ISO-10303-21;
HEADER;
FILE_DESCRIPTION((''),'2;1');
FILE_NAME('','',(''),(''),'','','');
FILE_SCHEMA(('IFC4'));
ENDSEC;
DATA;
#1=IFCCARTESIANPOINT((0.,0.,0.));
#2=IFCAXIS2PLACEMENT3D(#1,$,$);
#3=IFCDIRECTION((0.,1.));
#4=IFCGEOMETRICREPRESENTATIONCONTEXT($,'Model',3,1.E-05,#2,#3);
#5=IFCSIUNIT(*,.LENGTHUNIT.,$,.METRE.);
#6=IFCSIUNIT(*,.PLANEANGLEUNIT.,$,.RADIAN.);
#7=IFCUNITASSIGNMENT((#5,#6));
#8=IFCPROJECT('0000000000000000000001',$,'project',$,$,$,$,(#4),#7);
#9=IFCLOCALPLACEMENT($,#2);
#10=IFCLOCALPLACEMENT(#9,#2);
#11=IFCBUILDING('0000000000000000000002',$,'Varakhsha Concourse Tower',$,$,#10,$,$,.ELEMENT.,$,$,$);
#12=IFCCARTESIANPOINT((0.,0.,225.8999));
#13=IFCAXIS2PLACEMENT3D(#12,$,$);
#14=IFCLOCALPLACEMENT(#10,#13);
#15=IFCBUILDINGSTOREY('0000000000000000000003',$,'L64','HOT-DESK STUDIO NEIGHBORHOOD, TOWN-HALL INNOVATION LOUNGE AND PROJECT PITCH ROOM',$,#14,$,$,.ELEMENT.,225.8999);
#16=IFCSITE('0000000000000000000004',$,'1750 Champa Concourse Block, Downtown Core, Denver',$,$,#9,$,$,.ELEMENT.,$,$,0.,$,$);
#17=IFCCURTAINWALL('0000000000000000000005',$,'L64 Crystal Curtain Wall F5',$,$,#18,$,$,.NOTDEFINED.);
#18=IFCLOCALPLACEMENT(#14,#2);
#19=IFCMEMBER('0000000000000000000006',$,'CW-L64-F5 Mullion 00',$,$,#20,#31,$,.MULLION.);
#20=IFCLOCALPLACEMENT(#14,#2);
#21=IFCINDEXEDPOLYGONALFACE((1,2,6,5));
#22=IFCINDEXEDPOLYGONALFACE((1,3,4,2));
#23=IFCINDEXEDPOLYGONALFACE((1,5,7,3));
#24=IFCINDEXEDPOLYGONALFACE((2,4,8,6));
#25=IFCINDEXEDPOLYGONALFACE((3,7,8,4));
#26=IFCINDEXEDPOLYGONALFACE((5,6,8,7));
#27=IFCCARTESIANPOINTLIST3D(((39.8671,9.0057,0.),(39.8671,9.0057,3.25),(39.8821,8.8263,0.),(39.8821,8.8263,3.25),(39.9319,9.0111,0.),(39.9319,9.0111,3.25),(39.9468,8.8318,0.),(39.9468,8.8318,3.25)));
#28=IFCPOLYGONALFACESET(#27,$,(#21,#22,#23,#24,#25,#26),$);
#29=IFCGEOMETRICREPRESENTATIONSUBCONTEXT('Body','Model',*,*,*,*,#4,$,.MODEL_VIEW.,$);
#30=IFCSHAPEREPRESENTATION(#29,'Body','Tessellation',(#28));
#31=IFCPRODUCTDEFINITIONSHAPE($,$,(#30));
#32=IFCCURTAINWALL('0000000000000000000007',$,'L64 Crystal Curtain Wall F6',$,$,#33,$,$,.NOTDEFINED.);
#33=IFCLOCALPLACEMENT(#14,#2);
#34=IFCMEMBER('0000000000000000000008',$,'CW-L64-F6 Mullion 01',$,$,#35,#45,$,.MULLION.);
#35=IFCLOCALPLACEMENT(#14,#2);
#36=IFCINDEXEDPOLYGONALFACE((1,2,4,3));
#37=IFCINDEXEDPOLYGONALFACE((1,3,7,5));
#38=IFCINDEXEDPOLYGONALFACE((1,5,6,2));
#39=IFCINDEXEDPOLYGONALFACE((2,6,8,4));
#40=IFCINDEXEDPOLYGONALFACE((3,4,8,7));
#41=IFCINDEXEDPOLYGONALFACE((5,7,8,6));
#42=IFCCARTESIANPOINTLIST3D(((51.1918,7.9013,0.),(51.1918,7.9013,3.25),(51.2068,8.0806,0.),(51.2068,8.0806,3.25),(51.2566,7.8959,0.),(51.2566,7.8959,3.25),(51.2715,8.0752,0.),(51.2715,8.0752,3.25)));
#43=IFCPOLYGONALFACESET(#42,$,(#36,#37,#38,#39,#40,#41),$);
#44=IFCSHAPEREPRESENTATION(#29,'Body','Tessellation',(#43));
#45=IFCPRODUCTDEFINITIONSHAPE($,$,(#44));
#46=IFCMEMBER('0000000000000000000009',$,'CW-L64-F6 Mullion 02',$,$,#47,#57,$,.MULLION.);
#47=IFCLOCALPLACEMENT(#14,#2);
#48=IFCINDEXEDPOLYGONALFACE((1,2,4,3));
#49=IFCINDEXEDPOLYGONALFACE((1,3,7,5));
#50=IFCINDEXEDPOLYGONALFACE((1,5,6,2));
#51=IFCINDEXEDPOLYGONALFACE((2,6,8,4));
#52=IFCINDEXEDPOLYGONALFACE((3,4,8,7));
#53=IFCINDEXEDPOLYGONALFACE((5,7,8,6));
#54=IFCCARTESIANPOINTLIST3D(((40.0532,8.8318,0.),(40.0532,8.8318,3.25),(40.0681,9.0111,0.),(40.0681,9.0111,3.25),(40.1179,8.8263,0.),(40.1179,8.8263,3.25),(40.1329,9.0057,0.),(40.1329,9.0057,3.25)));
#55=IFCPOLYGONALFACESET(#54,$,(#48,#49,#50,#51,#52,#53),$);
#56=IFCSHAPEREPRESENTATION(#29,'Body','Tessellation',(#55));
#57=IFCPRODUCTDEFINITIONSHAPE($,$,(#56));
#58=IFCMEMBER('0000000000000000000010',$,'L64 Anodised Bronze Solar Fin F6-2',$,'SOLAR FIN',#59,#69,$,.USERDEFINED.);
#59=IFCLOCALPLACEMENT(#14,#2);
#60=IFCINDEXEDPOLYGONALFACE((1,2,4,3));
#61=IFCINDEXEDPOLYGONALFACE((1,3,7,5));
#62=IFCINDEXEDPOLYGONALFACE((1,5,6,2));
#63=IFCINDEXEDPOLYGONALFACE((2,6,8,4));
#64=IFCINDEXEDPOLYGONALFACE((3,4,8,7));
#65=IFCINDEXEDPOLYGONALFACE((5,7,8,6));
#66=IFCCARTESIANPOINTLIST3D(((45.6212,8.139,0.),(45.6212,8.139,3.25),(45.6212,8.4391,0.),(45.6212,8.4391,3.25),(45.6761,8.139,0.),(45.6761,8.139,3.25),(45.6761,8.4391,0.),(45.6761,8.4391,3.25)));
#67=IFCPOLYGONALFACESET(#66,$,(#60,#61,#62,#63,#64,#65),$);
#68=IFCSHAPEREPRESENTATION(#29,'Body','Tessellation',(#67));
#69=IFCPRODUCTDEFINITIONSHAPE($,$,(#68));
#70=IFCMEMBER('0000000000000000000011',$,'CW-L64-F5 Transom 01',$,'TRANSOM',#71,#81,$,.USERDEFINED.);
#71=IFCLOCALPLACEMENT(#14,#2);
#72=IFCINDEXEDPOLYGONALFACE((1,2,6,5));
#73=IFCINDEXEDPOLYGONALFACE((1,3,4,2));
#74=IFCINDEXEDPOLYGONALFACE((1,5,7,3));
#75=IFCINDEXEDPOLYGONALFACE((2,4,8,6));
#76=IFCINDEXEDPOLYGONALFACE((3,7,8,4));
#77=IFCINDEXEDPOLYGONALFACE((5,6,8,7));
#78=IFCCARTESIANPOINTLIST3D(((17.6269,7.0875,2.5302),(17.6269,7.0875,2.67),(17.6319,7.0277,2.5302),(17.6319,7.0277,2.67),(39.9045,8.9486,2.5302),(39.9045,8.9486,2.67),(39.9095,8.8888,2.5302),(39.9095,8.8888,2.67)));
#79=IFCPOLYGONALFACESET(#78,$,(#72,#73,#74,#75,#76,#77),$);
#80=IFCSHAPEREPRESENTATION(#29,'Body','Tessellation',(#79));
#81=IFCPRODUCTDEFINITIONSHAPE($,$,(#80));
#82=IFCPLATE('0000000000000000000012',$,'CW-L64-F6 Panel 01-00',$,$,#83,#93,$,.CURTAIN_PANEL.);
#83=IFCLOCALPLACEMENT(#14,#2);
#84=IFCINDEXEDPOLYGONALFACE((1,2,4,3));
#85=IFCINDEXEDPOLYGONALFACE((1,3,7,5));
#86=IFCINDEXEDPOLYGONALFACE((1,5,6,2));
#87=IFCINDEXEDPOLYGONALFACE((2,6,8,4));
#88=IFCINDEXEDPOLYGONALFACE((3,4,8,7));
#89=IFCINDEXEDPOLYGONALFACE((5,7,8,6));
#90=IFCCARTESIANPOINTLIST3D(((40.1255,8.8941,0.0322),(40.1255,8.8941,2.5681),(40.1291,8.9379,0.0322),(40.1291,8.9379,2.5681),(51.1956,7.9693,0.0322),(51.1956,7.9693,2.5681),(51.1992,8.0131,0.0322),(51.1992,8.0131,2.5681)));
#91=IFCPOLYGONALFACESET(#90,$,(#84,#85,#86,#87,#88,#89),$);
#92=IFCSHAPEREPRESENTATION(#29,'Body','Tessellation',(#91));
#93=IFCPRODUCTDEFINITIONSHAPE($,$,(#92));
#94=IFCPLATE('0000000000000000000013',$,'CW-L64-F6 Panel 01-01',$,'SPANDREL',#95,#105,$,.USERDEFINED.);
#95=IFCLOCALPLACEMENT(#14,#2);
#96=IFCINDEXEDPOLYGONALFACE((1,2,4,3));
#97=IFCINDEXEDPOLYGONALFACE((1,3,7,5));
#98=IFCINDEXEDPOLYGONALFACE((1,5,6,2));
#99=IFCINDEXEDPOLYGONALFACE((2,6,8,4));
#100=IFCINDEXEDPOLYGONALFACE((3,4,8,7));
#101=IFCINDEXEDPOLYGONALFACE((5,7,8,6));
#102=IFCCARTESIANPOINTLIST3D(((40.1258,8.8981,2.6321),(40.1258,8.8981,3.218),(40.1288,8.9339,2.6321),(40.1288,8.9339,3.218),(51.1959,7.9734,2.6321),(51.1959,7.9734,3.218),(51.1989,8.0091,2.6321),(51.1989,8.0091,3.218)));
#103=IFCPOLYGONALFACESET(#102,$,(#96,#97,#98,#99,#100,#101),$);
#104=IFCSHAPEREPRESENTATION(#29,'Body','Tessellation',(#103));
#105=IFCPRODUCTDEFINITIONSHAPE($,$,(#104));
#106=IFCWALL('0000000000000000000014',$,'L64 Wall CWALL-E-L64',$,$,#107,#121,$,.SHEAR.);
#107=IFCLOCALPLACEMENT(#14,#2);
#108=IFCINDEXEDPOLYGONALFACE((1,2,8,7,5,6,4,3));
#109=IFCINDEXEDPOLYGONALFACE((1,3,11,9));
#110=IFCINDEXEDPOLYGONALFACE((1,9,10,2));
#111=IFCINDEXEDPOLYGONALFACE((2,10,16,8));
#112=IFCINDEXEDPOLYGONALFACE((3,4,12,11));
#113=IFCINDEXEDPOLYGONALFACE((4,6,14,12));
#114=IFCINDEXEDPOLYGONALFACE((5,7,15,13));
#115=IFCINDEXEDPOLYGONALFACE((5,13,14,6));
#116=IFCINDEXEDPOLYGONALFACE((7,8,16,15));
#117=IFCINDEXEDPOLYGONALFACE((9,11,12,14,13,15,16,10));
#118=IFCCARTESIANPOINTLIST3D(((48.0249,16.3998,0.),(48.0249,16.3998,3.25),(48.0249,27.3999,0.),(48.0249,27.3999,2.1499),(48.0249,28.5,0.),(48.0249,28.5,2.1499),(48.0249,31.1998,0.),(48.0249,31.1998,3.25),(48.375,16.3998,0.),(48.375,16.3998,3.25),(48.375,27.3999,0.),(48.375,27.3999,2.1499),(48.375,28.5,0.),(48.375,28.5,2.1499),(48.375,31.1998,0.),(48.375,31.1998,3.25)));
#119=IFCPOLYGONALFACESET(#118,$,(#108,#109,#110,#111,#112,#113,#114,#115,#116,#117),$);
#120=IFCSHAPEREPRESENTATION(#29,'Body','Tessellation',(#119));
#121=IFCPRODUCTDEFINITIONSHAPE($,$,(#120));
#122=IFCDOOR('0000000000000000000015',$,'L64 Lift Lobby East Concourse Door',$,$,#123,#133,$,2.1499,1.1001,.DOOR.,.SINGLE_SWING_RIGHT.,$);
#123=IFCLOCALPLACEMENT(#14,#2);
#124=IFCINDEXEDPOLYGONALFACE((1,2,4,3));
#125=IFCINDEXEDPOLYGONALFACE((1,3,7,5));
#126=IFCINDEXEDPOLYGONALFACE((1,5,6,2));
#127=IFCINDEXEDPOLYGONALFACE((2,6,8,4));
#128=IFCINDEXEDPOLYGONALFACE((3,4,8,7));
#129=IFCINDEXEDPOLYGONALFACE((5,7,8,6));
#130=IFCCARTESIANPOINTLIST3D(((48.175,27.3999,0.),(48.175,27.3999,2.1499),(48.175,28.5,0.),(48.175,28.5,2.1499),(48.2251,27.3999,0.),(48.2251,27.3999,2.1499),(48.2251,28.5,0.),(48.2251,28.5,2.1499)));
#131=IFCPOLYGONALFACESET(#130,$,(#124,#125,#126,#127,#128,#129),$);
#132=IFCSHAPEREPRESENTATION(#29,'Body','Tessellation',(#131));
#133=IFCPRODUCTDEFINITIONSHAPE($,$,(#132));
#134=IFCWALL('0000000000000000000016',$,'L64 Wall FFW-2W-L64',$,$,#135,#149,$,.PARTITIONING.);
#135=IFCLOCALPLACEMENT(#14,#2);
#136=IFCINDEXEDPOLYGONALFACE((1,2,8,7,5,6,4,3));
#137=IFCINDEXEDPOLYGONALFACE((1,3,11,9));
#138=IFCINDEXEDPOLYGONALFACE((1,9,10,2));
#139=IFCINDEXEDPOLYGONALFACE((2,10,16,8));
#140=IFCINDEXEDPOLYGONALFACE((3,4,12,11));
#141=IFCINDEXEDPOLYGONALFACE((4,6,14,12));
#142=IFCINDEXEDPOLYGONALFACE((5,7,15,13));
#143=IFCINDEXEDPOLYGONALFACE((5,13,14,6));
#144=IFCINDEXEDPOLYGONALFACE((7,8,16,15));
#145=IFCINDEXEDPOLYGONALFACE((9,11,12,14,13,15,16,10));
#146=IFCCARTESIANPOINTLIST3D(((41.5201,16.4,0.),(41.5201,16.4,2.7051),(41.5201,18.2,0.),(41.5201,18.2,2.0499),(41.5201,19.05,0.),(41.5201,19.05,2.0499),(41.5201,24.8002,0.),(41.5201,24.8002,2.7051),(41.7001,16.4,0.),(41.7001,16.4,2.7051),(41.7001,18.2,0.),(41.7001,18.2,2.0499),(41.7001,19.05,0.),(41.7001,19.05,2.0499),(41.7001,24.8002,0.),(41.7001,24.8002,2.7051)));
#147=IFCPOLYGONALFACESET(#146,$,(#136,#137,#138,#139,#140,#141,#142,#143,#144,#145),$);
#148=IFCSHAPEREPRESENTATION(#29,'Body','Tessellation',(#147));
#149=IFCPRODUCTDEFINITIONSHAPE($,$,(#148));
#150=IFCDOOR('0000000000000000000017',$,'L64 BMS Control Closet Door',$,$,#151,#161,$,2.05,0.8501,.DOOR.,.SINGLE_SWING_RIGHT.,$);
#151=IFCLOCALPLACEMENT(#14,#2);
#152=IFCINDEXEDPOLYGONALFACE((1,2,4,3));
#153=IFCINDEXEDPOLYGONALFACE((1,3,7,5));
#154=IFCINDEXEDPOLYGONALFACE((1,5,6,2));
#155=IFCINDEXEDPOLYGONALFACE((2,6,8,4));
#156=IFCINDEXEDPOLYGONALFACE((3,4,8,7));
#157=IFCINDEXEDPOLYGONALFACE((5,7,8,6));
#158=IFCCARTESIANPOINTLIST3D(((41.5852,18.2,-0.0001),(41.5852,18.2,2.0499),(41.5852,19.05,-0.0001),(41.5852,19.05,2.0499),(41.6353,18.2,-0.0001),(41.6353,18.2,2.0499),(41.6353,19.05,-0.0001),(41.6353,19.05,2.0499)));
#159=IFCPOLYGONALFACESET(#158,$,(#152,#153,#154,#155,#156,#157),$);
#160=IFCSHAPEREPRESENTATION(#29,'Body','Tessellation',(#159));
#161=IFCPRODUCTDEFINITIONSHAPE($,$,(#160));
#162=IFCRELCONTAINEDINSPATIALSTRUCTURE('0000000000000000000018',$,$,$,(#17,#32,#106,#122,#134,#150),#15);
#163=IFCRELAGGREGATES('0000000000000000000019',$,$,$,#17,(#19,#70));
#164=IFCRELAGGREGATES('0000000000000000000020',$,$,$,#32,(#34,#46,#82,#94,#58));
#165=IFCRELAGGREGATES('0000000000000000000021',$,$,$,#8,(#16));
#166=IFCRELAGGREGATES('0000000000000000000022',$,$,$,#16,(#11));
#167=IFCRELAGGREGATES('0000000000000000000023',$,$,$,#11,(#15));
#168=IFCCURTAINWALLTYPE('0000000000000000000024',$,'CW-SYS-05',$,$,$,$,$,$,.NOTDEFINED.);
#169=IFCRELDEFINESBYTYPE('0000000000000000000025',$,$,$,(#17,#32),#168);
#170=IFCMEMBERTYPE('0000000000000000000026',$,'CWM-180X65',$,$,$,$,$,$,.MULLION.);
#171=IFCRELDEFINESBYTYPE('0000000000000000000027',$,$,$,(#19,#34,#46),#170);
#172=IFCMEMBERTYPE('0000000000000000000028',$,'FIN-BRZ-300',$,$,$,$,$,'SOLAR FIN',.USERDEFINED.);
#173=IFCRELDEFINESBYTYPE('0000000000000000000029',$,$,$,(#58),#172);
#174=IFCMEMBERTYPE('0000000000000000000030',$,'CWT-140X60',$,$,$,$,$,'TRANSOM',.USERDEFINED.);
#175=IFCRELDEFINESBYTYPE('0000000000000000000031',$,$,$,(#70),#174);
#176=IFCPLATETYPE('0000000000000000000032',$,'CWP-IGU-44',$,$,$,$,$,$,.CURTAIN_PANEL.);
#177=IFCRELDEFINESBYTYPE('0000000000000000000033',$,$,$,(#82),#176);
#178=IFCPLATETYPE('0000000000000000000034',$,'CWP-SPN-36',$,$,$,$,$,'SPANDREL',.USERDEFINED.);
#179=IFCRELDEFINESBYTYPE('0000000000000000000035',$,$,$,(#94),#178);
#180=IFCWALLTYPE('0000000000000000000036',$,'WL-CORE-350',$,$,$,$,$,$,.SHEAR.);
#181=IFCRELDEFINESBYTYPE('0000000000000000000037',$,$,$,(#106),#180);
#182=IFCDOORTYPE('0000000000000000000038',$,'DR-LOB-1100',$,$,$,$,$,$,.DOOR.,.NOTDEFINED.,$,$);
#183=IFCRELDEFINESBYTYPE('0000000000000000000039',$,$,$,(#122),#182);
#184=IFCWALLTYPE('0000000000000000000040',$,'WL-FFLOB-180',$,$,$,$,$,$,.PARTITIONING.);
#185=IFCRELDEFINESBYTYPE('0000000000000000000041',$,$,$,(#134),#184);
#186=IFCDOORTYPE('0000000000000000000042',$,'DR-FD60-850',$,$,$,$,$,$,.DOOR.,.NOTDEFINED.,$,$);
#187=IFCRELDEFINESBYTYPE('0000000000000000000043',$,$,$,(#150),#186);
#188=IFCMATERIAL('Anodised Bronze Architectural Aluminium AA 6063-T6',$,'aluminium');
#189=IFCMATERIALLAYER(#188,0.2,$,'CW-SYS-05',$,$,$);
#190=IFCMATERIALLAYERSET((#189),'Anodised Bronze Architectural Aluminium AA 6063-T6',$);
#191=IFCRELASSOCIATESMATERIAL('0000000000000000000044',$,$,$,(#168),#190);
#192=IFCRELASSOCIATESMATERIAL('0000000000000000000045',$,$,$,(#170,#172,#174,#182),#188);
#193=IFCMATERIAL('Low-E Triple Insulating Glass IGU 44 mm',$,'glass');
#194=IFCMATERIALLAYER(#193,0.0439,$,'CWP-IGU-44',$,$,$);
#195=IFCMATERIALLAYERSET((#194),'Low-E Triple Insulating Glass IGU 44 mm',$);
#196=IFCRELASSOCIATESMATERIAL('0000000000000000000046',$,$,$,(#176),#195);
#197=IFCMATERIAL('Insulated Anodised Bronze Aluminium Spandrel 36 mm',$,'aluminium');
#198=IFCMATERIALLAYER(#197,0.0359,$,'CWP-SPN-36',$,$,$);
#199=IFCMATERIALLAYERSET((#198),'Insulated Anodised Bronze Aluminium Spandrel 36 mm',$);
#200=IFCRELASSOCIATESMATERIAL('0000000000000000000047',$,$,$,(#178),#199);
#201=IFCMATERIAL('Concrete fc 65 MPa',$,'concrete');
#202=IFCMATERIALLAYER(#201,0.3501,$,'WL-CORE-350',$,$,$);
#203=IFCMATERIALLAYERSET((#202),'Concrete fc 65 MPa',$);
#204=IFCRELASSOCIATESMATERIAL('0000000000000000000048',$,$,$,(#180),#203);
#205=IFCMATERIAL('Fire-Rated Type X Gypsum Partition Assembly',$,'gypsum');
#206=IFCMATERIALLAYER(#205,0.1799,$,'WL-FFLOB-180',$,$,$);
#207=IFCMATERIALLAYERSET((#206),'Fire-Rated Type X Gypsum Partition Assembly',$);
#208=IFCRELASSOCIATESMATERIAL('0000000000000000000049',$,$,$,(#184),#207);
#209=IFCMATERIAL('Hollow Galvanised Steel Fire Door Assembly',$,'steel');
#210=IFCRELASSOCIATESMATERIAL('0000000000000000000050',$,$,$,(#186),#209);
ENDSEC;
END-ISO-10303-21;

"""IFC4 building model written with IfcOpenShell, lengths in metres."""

from ifc_helpers import new_model, si_unit, direction, frame, frame_2d, origin, origin_2d, place, context, subcontext, project, spatial, rectangle, extrude, source, transform, mapped, material, layer, layer_set, material_profile, profile_set, type_object, type_shapes, element, fill, aggregate, save


model = new_model("IFC4")

# Units and contexts
model_context = context("Model", 3, precision=1e-05, world=origin(), true_north=direction((0.0, 1.0)))
body_context = subcontext(model_context, "Body", "Model", "MODEL_VIEW")
ifc_project = project(units=[si_unit("LENGTHUNIT", "METRE"), si_unit("PLANEANGLEUNIT", "RADIAN")], contexts=[model_context])

# Site, building, storey
site_placement = place(None, origin())
site = spatial("IfcSite", under=ifc_project, at=site_placement, Name="1750 Champa Concourse Block, Downtown Core, Denver", CompositionType="ELEMENT", RefElevation=0.0)
building_placement = place(site_placement, origin())
building = spatial("IfcBuilding", under=site, at=building_placement, Name="Varakhsha Concourse Tower", CompositionType="ELEMENT")
storey_placement = place(building_placement, frame((0.0, 0.0, 225.8999)))
storey = spatial("IfcBuildingStorey", under=building, at=storey_placement, Name="L64", Description="HOT-DESK STUDIO NEIGHBORHOOD, TOWN-HALL INNOVATION LOUNGE AND PROJECT PITCH ROOM", CompositionType="ELEMENT", Elevation=225.8999)

# Shared definitions
ifc_material_1 = material(Name="Concrete fc 65 MPa", Category="concrete")

# Curtain wall, member
ifc_material_2 = material(Name="Anodised Bronze Architectural Aluminium AA 6063-T6", Category="aluminium")
ifc_layer_1 = layer(ifc_material_2, 0.2, Name="CW-SYS-05")
ifc_layer_set_1 = layer_set([ifc_layer_1], Name="Anodised Bronze Architectural Aluminium AA 6063-T6")
curtain_wall_type = type_object("IfcCurtainWallType", Name="CW-SYS-05", PredefinedType="NOTDEFINED", material=ifc_layer_set_1)
curtain_wall_1_placement = place(storey_placement, origin())
curtain_wall_1 = element("IfcCurtainWall", 1, at=curtain_wall_1_placement, inside=storey, type_object=curtain_wall_type, Name="L64 Crystal Curtain Wall F5", PredefinedType="NOTDEFINED")
ifc_material_profile_1 = material_profile(ifc_material_2, rectangle(XDim=0.0649, YDim=0.1799, at=origin_2d()), Name="CWM-180X65")
ifc_profile_set_1 = profile_set([ifc_material_profile_1], Name="Anodised Bronze Architectural Aluminium AA 6063-T6")
member_type_1 = type_object("IfcMemberType", Name="CWM-180X65", PredefinedType="MULLION", material=ifc_profile_set_1)
shared_shape_1 = source(origin(), body_context, "Body", "SweptSolid", [
    extrude(rectangle(XDim=0.0649, YDim=0.1799, at=origin_2d()), origin(), (0.0, 0.0, 1.0), 3.25),
])
type_shapes(member_type_1, [shared_shape_1])
member_1_placement = place(storey_placement, frame((39.907, 8.9187, 0.0), z_axis=(0.0, 0.0, 1.0), x_axis=(-0.996529, -0.083247, 0.0)))
member_1 = element("IfcMember", 2, at=member_1_placement, type_object=member_type_1, Name="CW-L64-F5 Mullion 00", PredefinedType="MULLION", context=body_context, shape_type="MappedRepresentation", body=[
    mapped(shared_shape_1, transform((0.0, 0.0, 0.0), scale=1.0)),
])

# Curtain wall, members
curtain_wall_2_placement = place(storey_placement, origin())
curtain_wall_2 = element("IfcCurtainWall", 3, at=curtain_wall_2_placement, inside=storey, type_object=curtain_wall_type, Name="L64 Crystal Curtain Wall F6", PredefinedType="NOTDEFINED")
member_2_placement = place(storey_placement, frame((51.2317, 7.9883, 0.0), z_axis=(0.0, 0.0, 1.0), x_axis=(-0.996529, 0.083247, 0.0)))
member_2 = element("IfcMember", 4, at=member_2_placement, type_object=member_type_1, Name="CW-L64-F6 Mullion 01", PredefinedType="MULLION", context=body_context, shape_type="MappedRepresentation", body=[
    mapped(shared_shape_1, transform((0.0, 0.0, 0.0), scale=1.0)),
])
member_3_placement = place(storey_placement, frame((40.093, 8.9187, 0.0), z_axis=(0.0, 0.0, 1.0), x_axis=(-0.996529, 0.083247, 0.0)))
member_3 = element("IfcMember", 5, at=member_3_placement, type_object=member_type_1, Name="CW-L64-F6 Mullion 02", PredefinedType="MULLION", context=body_context, shape_type="MappedRepresentation", body=[
    mapped(shared_shape_1, transform((0.0, 0.0, 0.0), scale=1.0)),
])
ifc_material_profile_2 = material_profile(ifc_material_2, rectangle(XDim=0.0549, YDim=0.3, at=origin_2d()), Name="FIN-BRZ-300")
ifc_profile_set_2 = profile_set([ifc_material_profile_2], Name="Anodised Bronze Architectural Aluminium AA 6063-T6")
member_type_2 = type_object("IfcMemberType", Name="FIN-BRZ-300", ElementType="SOLAR FIN", PredefinedType="USERDEFINED", material=ifc_profile_set_2)
shared_shape_2 = source(origin(), body_context, "Body", "SweptSolid", [
    extrude(rectangle(XDim=0.0549, YDim=0.3, at=origin_2d()), origin(), (0.0, 0.0, 1.0), 3.25),
])
type_shapes(member_type_2, [shared_shape_2])
member_4_placement = place(storey_placement, frame((45.6487, 8.2891, 0.0), z_axis=(0.0, 0.0, 1.0), x_axis=(1.0, 0.0, 0.0)))
member_4 = element("IfcMember", 6, at=member_4_placement, type_object=member_type_2, Name="L64 Anodised Bronze Solar Fin F6-2", ObjectType="SOLAR FIN", PredefinedType="USERDEFINED", context=body_context, shape_type="MappedRepresentation", body=[
    mapped(shared_shape_2, transform((0.0, 0.0, 0.0), scale=1.0)),
])

# Member
ifc_material_profile_3 = material_profile(ifc_material_2, rectangle(XDim=0.0601, YDim=0.1399, at=origin_2d()), Name="CWT-140X60")
ifc_profile_set_3 = profile_set([ifc_material_profile_3], Name="Anodised Bronze Architectural Aluminium AA 6063-T6")
member_type_3 = type_object("IfcMemberType", Name="CWT-140X60", ElementType="TRANSOM", PredefinedType="USERDEFINED", material=ifc_profile_set_3)
shared_shape_3 = source(origin(), body_context, "Body", "SweptSolid", [
    extrude(rectangle(XDim=0.0601, YDim=0.1399, at=origin_2d()), origin(), (0.0, 0.0, 1.0), 22.3552),
])
type_shapes(member_type_3, [shared_shape_3])
member_5_placement = place(storey_placement, frame((39.907, 8.9187, 2.6001), z_axis=(-0.996529, -0.083251, 0.0), x_axis=(0.083251, -0.996529, 0.0)))
member_5 = element("IfcMember", 7, at=member_5_placement, type_object=member_type_3, Name="CW-L64-F5 Transom 01", ObjectType="TRANSOM", PredefinedType="USERDEFINED", context=body_context, shape_type="MappedRepresentation", body=[
    mapped(shared_shape_3, transform((0.0, 0.0, 0.0), scale=1.0)),
])
aggregate(curtain_wall_1, [member_1, member_5])

# Plates
ifc_material_3 = material(Name="Low-E Triple Insulating Glass IGU 44 mm", Category="glass")
ifc_layer_2 = layer(ifc_material_3, 0.0439, Name="CWP-IGU-44")
ifc_layer_set_2 = layer_set([ifc_layer_2], Name="Low-E Triple Insulating Glass IGU 44 mm")
plate_type_1 = type_object("IfcPlateType", Name="CWP-IGU-44", PredefinedType="CURTAIN_PANEL", material=ifc_layer_set_2)
shared_shape_4 = source(origin(), body_context, "Body", "SweptSolid", [
    extrude(rectangle(XDim=11.1086, YDim=0.0439, at=origin_2d()), origin(), (0.0, 0.0, 1.0), 2.5359),
])
type_shapes(plate_type_1, [shared_shape_4])
plate_1_placement = place(storey_placement, frame((45.6624, 8.4536, 0.0322), z_axis=(0.0, 0.0, 1.0), x_axis=(-0.996529, 0.083247, 0.0)))
plate_1 = element("IfcPlate", 8, at=plate_1_placement, type_object=plate_type_1, Name="CW-L64-F6 Panel 01-00", PredefinedType="CURTAIN_PANEL", context=body_context, shape_type="MappedRepresentation", body=[
    mapped(shared_shape_4, transform((0.0, 0.0, 0.0), scale=1.0)),
])
ifc_material_4 = material(Name="Insulated Anodised Bronze Aluminium Spandrel 36 mm", Category="aluminium")
ifc_layer_3 = layer(ifc_material_4, 0.0359, Name="CWP-SPN-36")
ifc_layer_set_3 = layer_set([ifc_layer_3], Name="Insulated Anodised Bronze Aluminium Spandrel 36 mm")
plate_type_2 = type_object("IfcPlateType", Name="CWP-SPN-36", ElementType="SPANDREL", PredefinedType="USERDEFINED", material=ifc_layer_set_3)
shared_shape_5 = source(origin(), body_context, "Body", "SweptSolid", [
    extrude(rectangle(XDim=11.1086, YDim=0.0359, at=origin_2d()), origin(), (0.0, 0.0, 1.0), 0.5859),
])
type_shapes(plate_type_2, [shared_shape_5])
plate_2_placement = place(storey_placement, frame((45.6624, 8.4536, 2.6321), z_axis=(0.0, 0.0, 1.0), x_axis=(-0.996529, 0.083247, 0.0)))
plate_2 = element("IfcPlate", 9, at=plate_2_placement, type_object=plate_type_2, Name="CW-L64-F6 Panel 01-01", ObjectType="SPANDREL", PredefinedType="USERDEFINED", context=body_context, shape_type="MappedRepresentation", body=[
    mapped(shared_shape_5, transform((0.0, 0.0, 0.0), scale=1.0)),
])
aggregate(curtain_wall_2, [member_2, member_3, plate_1, plate_2, member_4])

# Walls, openings, doors
ifc_layer_4 = layer(ifc_material_1, 0.3501, Name="WL-CORE-350")
ifc_layer_set_4 = layer_set([ifc_layer_4], Name="Concrete fc 65 MPa")
wall_type_1 = type_object("IfcWallType", Name="WL-CORE-350", PredefinedType="SHEAR", material=ifc_layer_set_4)
wall_1_placement = place(storey_placement, frame((48.2, 16.3999, 0.0), z_axis=(0.0, 0.0, 1.0), x_axis=(0.0, 1.0, 0.0)))
wall_1 = element("IfcWall", 10, at=wall_1_placement, inside=storey, type_object=wall_type_1, Name="L64 Wall CWALL-E-L64", PredefinedType="SHEAR", context=body_context, shape_type="SweptSolid", body=[
    extrude(rectangle(XDim=14.8, YDim=0.3501, at=frame_2d((7.3999, 0.0))), origin(), (0.0, 0.0, 1.0), 3.25),
])
opening_1_placement = place(wall_1_placement, frame((11.0, 0.0, 0.0)))
opening_1 = element("IfcOpeningElement", 11, at=opening_1_placement, cuts=wall_1, PredefinedType="OPENING", context=body_context, shape_type="SweptSolid", body=[
    extrude(rectangle(XDim=1.1001, YDim=2.1499, at=frame_2d((0.55, 1.075))), frame((0.0, 0.1851, 0.0), z_axis=(0.0, -1.0, 0.0), x_axis=(1.0, 0.0, 0.0)), (0.0, 0.0, 1.0), 0.3701),
])
door_type_1 = type_object("IfcDoorType", Name="DR-LOB-1100", OperationType="NOTDEFINED", PredefinedType="DOOR", material=ifc_material_2)
door_1_placement = place(opening_1_placement, origin())
door_1 = element("IfcDoor", 12, at=door_1_placement, inside=storey, type_object=door_type_1, Name="L64 Lift Lobby East Concourse Door", OperationType="SINGLE_SWING_RIGHT", OverallHeight=2.1499, OverallWidth=1.1001, PredefinedType="DOOR", context=body_context, shape_type="SweptSolid", body=[
    extrude(rectangle(XDim=1.1001, YDim=2.1499, at=frame_2d((0.55, 1.075))), frame((0.0, 0.0249, 0.0), z_axis=(0.0, -1.0, 0.0), x_axis=(1.0, 0.0, 0.0)), (0.0, 0.0, 1.0), 0.05),
])
fill(opening_1, door_1)
ifc_material_5 = material(Name="Fire-Rated Type X Gypsum Partition Assembly", Category="gypsum")
ifc_layer_5 = layer(ifc_material_5, 0.1799, Name="WL-FFLOB-180")
ifc_layer_set_5 = layer_set([ifc_layer_5], Name="Fire-Rated Type X Gypsum Partition Assembly")
wall_type_2 = type_object("IfcWallType", Name="WL-FFLOB-180", PredefinedType="PARTITIONING", material=ifc_layer_set_5)
wall_2_placement = place(storey_placement, frame((41.6101, 16.3999, 0.0), z_axis=(0.0, 0.0, 1.0), x_axis=(0.0, 1.0, 0.0)))
wall_2 = element("IfcWall", 13, at=wall_2_placement, inside=storey, type_object=wall_type_2, Name="L64 Wall FFW-2W-L64", PredefinedType="PARTITIONING", context=body_context, shape_type="SweptSolid", body=[
    extrude(rectangle(XDim=8.4001, YDim=0.1799, at=frame_2d((4.2002, 0.0))), origin(), (0.0, 0.0, 1.0), 2.7051),
])
opening_2_placement = place(wall_2_placement, frame((1.8, 0.0, 0.0)))
opening_2 = element("IfcOpeningElement", 14, at=opening_2_placement, cuts=wall_2, PredefinedType="OPENING", context=body_context, shape_type="SweptSolid", body=[
    extrude(rectangle(XDim=0.8501, YDim=2.05, at=frame_2d((0.425, 1.0249))), frame((0.0, 0.0999, 0.0), z_axis=(0.0, -1.0, 0.0), x_axis=(1.0, 0.0, 0.0)), (0.0, 0.0, 1.0), 0.2),
])
ifc_material_6 = material(Name="Hollow Galvanised Steel Fire Door Assembly", Category="steel")
door_type_2 = type_object("IfcDoorType", Name="DR-FD60-850", OperationType="NOTDEFINED", PredefinedType="DOOR", material=ifc_material_6)
door_2_placement = place(opening_2_placement, origin())
door_2 = element("IfcDoor", 15, at=door_2_placement, inside=storey, type_object=door_type_2, Name="L64 BMS Control Closet Door", OperationType="SINGLE_SWING_RIGHT", OverallHeight=2.05, OverallWidth=0.8501, PredefinedType="DOOR", context=body_context, shape_type="SweptSolid", body=[
    extrude(rectangle(XDim=0.8501, YDim=2.05, at=frame_2d((0.425, 1.0249))), frame((0.0, 0.0249, 0.0), z_axis=(0.0, -1.0, 0.0), x_axis=(1.0, 0.0, 0.0)), (0.0, 0.0, 1.0), 0.05),
])
fill(opening_2, door_2)

save(model, "model.ifc")
